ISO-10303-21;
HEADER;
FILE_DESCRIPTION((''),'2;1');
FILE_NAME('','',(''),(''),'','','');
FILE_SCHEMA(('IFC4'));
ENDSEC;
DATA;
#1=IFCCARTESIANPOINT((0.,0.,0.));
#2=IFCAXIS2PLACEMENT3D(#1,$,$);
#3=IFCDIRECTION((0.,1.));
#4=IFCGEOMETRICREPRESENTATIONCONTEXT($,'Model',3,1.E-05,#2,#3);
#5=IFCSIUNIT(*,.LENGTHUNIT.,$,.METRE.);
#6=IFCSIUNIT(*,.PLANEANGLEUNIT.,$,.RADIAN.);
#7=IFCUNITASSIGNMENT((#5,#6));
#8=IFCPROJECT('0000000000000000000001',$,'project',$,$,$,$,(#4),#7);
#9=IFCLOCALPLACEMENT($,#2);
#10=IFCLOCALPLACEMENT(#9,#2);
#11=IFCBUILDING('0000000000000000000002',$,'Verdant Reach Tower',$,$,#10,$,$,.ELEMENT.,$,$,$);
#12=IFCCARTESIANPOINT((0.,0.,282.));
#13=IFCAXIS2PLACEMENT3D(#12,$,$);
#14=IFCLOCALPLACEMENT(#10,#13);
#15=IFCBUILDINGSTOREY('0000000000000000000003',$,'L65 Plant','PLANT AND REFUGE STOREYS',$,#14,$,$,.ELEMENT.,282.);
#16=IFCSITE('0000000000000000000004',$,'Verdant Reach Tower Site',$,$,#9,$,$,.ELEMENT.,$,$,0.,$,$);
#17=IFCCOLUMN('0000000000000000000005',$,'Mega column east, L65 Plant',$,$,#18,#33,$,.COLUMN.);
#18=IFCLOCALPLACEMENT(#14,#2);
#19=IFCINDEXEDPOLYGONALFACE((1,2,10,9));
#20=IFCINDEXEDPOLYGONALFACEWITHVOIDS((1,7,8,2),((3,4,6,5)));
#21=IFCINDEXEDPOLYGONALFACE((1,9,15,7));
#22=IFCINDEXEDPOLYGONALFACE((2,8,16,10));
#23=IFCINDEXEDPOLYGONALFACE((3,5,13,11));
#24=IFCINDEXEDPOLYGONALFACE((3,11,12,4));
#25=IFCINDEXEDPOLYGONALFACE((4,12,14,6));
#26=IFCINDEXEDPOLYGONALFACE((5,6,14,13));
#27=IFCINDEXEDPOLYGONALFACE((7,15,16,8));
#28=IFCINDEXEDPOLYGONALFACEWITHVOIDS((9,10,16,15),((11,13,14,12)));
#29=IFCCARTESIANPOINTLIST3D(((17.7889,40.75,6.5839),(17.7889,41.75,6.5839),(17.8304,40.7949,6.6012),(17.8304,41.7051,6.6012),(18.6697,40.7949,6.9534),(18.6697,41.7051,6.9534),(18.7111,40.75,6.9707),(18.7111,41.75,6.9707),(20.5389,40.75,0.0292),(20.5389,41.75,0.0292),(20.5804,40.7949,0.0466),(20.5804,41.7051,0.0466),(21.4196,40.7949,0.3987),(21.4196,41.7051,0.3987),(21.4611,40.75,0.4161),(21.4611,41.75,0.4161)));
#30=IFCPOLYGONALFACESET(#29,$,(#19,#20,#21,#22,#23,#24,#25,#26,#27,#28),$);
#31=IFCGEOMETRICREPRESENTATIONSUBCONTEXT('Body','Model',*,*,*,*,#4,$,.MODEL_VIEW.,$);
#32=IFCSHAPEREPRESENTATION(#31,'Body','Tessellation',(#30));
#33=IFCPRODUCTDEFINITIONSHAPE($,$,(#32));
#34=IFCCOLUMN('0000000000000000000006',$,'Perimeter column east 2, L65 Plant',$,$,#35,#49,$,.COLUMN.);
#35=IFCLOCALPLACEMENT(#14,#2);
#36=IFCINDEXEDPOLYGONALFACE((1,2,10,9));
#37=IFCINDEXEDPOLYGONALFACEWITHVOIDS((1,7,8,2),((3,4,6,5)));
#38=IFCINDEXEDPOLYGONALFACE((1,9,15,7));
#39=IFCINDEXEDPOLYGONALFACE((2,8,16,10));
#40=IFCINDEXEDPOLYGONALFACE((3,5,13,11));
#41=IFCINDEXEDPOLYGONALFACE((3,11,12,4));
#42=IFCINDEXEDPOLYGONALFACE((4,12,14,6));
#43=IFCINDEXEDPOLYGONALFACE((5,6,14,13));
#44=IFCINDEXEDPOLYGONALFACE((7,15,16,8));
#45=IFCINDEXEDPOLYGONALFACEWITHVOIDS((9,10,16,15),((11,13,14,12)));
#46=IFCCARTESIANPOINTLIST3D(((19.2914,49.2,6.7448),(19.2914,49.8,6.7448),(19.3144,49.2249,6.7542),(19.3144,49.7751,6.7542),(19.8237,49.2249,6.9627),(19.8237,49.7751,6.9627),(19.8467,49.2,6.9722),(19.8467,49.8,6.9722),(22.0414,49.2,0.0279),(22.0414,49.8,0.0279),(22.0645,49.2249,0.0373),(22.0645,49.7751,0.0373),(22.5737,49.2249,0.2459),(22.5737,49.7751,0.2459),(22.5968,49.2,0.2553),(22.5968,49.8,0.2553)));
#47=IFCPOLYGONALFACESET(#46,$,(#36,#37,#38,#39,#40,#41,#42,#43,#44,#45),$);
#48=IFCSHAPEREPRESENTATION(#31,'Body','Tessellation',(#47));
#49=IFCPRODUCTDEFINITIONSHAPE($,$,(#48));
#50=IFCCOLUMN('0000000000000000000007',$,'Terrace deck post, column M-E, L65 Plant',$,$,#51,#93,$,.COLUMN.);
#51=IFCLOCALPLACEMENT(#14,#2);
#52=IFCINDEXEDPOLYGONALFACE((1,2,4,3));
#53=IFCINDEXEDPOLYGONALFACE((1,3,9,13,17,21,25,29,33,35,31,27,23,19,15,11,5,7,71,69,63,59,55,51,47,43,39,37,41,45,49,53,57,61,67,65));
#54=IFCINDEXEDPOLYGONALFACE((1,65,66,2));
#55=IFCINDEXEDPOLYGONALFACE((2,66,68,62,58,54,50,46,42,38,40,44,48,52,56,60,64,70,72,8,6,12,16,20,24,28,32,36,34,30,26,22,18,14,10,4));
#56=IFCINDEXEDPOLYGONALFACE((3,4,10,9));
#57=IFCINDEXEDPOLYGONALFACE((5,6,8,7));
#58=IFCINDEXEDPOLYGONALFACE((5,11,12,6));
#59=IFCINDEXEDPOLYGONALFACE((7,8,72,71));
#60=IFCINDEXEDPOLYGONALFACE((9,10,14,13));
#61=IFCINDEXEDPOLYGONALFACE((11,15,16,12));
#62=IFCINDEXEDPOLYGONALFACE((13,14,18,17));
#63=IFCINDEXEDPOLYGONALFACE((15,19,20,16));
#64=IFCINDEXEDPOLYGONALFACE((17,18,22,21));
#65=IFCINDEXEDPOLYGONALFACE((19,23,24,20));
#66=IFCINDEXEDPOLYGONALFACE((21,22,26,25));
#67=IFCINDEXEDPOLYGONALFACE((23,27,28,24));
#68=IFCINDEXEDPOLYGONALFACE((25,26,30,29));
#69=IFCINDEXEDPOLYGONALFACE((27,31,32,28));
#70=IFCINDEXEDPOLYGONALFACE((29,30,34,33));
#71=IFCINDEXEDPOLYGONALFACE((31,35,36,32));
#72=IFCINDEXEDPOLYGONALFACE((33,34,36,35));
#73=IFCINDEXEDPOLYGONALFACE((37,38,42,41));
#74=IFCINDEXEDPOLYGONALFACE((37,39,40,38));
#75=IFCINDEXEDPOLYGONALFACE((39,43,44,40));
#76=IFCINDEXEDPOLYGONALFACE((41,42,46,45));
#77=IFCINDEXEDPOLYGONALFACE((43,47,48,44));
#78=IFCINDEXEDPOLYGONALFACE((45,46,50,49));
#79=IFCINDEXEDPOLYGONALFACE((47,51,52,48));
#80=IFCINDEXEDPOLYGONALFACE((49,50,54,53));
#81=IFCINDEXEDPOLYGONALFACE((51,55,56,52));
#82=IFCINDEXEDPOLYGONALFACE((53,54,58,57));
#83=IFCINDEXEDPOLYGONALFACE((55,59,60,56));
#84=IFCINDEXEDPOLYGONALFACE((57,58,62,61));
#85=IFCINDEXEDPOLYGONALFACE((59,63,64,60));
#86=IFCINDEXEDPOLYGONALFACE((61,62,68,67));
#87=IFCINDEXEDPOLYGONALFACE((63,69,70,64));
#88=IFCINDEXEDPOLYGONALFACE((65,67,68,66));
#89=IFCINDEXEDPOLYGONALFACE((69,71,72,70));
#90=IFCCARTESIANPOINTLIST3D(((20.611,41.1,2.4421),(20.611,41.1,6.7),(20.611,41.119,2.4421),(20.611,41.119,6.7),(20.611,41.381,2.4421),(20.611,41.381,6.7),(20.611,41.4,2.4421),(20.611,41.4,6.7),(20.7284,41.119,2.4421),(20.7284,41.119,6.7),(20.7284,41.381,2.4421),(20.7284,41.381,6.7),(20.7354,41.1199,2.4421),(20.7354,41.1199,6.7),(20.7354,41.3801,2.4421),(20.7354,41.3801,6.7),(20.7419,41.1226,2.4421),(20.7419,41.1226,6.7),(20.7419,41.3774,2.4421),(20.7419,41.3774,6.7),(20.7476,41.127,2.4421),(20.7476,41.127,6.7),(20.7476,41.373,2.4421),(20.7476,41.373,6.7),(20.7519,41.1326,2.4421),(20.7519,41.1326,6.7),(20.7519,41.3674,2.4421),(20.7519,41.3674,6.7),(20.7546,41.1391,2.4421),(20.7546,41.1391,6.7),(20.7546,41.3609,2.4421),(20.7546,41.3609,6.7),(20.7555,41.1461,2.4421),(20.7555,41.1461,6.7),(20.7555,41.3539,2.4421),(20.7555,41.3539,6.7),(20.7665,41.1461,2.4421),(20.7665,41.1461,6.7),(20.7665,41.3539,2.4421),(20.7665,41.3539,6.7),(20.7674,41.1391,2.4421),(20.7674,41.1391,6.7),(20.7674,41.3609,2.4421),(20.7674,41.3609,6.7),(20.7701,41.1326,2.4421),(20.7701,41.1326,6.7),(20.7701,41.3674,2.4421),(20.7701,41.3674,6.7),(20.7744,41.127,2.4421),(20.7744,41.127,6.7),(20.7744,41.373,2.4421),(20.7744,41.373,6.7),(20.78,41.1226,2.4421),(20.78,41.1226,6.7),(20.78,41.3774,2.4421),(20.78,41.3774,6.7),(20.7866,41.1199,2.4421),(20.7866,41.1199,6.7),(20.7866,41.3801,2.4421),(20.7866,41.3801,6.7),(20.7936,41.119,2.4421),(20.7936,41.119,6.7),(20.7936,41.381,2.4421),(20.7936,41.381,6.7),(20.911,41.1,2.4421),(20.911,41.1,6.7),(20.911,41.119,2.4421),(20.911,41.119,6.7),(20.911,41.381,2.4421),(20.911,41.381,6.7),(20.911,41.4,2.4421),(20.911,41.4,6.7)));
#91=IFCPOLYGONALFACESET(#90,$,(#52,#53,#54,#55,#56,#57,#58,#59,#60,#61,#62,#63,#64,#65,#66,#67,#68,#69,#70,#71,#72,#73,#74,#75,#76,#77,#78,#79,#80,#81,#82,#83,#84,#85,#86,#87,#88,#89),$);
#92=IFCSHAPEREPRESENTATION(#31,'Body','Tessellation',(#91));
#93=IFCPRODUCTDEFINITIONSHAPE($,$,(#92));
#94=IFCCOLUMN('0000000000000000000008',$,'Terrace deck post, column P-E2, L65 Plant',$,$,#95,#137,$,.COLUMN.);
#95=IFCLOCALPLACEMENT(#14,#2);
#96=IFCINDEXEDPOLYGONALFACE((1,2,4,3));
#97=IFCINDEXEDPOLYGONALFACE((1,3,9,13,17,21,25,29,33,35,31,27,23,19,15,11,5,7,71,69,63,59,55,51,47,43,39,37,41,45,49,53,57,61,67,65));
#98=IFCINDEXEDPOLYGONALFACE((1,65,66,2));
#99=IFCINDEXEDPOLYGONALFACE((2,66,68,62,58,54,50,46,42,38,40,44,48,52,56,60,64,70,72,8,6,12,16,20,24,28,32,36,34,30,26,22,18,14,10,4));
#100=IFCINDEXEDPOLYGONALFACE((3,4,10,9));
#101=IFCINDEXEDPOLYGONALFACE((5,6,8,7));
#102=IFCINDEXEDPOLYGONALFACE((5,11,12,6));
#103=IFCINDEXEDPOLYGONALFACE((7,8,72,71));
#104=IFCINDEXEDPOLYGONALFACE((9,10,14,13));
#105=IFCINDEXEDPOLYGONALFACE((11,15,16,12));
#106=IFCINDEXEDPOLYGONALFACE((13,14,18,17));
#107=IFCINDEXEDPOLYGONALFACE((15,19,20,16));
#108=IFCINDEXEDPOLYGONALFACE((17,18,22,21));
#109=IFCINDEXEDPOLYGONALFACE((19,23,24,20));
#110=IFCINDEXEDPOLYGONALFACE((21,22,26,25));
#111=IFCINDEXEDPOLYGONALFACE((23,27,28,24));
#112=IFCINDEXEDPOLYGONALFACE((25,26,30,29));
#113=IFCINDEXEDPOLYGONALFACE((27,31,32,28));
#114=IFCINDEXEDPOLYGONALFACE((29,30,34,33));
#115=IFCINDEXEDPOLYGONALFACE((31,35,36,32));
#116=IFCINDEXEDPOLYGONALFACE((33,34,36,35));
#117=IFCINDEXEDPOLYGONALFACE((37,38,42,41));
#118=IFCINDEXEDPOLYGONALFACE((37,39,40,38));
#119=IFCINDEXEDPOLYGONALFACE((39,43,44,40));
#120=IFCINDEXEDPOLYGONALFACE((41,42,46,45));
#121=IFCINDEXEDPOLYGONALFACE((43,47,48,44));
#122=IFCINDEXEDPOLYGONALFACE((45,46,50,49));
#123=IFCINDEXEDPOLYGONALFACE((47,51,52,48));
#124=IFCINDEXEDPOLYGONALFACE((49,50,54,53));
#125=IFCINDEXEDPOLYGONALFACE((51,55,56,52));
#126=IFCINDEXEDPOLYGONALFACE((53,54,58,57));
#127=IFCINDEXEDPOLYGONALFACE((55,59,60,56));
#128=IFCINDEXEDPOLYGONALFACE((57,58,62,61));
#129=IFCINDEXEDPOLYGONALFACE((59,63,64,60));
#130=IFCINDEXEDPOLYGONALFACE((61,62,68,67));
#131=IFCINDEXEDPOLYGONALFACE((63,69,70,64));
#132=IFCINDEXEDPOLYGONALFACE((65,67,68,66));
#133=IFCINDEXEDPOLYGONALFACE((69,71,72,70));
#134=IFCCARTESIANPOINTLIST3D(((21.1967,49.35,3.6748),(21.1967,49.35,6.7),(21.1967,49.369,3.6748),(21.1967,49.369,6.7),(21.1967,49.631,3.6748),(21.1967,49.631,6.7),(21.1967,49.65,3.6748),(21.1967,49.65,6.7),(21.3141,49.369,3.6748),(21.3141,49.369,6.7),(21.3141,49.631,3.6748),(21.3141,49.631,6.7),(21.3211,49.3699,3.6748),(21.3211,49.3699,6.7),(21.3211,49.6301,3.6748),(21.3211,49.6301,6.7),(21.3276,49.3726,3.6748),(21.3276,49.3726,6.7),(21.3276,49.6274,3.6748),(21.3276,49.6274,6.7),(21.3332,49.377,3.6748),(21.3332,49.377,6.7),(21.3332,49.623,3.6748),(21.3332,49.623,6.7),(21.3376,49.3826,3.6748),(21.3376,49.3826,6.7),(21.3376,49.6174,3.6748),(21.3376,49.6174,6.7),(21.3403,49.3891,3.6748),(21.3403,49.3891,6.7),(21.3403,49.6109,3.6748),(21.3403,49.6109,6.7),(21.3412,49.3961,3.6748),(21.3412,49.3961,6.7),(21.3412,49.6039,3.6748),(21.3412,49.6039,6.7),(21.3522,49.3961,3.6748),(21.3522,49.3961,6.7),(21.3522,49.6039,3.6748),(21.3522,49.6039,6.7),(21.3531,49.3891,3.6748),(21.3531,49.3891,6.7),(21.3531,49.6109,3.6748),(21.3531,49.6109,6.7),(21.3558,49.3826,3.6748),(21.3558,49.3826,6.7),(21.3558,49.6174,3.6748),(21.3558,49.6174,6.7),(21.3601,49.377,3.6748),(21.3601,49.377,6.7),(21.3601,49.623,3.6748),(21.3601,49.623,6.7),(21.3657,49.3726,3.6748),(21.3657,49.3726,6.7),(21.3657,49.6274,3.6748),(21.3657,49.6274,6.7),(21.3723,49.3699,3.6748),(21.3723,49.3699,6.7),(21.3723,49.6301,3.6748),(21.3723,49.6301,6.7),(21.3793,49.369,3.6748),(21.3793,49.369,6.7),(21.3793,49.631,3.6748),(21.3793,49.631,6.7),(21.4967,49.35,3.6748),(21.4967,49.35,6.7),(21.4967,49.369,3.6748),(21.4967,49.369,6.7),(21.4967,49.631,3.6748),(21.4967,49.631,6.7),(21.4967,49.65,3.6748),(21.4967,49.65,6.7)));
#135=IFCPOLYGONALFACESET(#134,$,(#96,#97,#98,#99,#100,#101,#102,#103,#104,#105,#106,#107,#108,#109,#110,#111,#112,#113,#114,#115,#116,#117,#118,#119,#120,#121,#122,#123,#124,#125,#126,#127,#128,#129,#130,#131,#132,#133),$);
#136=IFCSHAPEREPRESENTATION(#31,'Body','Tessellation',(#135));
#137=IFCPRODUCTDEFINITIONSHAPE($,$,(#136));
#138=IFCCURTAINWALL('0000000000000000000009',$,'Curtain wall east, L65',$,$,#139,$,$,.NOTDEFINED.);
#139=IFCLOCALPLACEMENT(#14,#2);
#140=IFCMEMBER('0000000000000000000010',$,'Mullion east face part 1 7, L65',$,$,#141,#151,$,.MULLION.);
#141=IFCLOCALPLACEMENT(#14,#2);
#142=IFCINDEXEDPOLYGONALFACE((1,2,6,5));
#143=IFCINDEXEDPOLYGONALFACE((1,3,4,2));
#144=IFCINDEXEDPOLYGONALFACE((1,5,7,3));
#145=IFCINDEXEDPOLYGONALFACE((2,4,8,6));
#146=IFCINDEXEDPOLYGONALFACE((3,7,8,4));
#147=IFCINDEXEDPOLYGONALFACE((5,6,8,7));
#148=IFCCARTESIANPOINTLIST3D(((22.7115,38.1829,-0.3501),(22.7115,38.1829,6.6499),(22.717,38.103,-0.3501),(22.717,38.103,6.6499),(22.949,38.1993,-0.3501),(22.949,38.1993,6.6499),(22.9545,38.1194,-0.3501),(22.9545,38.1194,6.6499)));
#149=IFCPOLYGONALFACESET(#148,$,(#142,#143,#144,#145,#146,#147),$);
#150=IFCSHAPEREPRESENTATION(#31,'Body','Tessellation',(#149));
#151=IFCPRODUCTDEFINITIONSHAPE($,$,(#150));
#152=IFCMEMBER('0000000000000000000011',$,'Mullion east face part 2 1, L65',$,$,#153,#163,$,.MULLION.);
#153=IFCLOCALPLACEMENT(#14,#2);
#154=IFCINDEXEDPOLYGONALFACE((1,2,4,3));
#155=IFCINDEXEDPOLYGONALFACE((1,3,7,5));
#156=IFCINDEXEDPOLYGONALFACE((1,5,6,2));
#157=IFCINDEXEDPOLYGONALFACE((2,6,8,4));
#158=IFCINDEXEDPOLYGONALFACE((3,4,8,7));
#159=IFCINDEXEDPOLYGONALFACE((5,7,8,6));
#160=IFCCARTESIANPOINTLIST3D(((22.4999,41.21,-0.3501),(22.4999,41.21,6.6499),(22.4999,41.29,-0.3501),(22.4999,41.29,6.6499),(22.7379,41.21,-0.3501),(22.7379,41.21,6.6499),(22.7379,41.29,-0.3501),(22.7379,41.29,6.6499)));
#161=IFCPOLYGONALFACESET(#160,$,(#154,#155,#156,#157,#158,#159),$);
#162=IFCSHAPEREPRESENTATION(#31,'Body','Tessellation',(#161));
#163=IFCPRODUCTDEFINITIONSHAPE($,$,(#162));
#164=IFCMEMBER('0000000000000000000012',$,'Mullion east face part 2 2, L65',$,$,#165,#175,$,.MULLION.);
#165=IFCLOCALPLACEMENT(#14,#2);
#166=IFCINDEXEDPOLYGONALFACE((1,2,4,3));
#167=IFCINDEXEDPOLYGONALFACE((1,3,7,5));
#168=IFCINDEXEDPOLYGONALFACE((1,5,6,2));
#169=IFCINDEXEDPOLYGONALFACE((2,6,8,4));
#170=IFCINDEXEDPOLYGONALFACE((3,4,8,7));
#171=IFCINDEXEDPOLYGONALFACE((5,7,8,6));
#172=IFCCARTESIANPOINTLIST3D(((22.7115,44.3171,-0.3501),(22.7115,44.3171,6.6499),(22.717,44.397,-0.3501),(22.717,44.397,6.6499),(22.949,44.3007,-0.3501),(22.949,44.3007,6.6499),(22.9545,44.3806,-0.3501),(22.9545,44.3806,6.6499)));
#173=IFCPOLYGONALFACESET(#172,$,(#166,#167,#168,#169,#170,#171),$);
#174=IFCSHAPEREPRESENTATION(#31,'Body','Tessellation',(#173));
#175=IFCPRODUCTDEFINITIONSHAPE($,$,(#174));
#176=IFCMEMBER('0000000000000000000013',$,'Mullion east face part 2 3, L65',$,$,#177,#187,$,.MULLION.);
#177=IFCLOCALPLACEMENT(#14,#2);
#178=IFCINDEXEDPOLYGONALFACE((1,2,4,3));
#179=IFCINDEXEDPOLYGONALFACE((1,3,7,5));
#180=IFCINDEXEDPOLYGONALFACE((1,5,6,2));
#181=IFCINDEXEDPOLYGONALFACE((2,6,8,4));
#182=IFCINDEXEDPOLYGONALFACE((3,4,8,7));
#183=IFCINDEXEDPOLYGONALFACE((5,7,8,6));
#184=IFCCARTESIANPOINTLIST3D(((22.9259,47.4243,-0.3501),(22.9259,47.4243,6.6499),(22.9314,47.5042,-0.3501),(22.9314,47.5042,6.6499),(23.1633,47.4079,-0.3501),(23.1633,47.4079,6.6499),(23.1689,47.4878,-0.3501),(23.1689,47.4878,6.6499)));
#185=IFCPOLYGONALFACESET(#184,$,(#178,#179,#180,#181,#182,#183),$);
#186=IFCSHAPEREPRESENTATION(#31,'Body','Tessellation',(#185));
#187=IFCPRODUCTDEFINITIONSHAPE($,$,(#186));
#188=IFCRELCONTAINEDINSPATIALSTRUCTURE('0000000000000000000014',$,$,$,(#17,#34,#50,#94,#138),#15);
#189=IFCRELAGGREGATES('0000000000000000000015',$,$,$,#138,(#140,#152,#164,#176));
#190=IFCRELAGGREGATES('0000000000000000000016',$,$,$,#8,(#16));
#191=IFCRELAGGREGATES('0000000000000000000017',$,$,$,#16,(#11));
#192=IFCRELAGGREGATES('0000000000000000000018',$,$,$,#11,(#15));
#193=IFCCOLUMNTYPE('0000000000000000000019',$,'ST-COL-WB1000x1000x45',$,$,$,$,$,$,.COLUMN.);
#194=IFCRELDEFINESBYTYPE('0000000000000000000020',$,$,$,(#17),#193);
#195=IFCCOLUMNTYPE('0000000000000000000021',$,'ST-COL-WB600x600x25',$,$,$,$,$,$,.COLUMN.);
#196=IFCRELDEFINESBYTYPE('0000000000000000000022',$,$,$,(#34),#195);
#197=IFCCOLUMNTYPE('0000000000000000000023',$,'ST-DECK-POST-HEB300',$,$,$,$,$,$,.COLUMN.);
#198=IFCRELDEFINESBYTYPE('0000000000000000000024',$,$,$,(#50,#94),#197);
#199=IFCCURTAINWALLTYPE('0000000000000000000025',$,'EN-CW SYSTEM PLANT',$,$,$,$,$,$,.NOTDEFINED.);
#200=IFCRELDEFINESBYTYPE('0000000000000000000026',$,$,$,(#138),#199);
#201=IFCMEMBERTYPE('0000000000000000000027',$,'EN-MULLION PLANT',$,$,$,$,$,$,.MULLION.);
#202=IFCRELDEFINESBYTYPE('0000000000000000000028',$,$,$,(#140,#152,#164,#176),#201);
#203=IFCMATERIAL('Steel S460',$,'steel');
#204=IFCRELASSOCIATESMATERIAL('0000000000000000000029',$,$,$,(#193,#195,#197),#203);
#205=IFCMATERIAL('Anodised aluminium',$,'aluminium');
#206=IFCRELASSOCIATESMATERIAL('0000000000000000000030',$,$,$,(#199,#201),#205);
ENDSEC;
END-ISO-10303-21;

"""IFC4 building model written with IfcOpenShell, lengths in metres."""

from ifc_helpers import new_model, si_unit, direction, frame, origin, origin_2d, place, context, subcontext, project, spatial, rectangle, hollow_rectangle, i_section, extrude, material, material_profile, profile_set, type_object, element, aggregate, save


model = new_model("IFC4")

# Units and contexts
model_context = context("Model", 3, precision=1e-05, world=origin(), true_north=direction((0.0, 1.0)))
body_context = subcontext(model_context, "Body", "Model", "MODEL_VIEW")
ifc_project = project(units=[si_unit("LENGTHUNIT", "METRE"), si_unit("PLANEANGLEUNIT", "RADIAN")], contexts=[model_context])

# Site, building, storey
site_placement = place(None, origin())
site = spatial("IfcSite", under=ifc_project, at=site_placement, Name="Verdant Reach Tower Site", CompositionType="ELEMENT", RefElevation=0.0)
building_placement = place(site_placement, origin())
building = spatial("IfcBuilding", under=site, at=building_placement, Name="Verdant Reach Tower", CompositionType="ELEMENT")
storey_placement = place(building_placement, frame((0.0, 0.0, 282.0)))
storey = spatial("IfcBuildingStorey", under=building, at=storey_placement, Name="L65 Plant", Description="PLANT AND REFUGE STOREYS", CompositionType="ELEMENT", Elevation=282.0)

# Columns
ifc_material_1 = material(Name="Steel S460", Category="steel")
ifc_material_profile_1 = material_profile(ifc_material_1, hollow_rectangle(XDim=1.0, YDim=1.0, WallThickness=0.0449, at=origin_2d()), Name="WB 1000x1000x45")
ifc_profile_set_1 = profile_set([ifc_material_profile_1], Name="Steel S460")
column_type_1 = type_object("IfcColumnType", Name="ST-COL-WB1000x1000x45", PredefinedType="COLUMN", material=ifc_profile_set_1)
column_1_placement = place(storey_placement, frame((21.0, 41.25, 0.2227), z_axis=(-0.386877, 0.0, 0.922131), x_axis=(0.0, -1.0, 0.0)))
element("IfcColumn", 1, at=column_1_placement, inside=storey, type_object=column_type_1, Name="Mega column east, L65 Plant", PredefinedType="COLUMN", context=body_context, shape_type="SweptSolid", body=[
    extrude(hollow_rectangle(XDim=1.0, YDim=1.0, WallThickness=0.0449, at=origin_2d()), origin(), (0.0, 0.0, 1.0), 7.1082),
])
ifc_material_profile_2 = material_profile(ifc_material_1, hollow_rectangle(XDim=0.6001, YDim=0.6001, WallThickness=0.0249, at=origin_2d()), Name="WB 600x600x25")
ifc_profile_set_2 = profile_set([ifc_material_profile_2], Name="Steel S460")
column_type_2 = type_object("IfcColumnType", Name="ST-COL-WB600x600x25", PredefinedType="COLUMN", material=ifc_profile_set_2)
column_2_placement = place(storey_placement, frame((22.3191, 49.5, 0.1416), z_axis=(-0.378895, 0.0, 0.92544), x_axis=(0.0, -1.0, 0.0)))
element("IfcColumn", 2, at=column_2_placement, inside=storey, type_object=column_type_2, Name="Perimeter column east 2, L65 Plant", PredefinedType="COLUMN", context=body_context, shape_type="SweptSolid", body=[
    extrude(hollow_rectangle(XDim=0.6001, YDim=0.6001, WallThickness=0.0249, at=origin_2d()), origin(), (0.0, 0.0, 1.0), 7.2581),
])
ifc_material_profile_3 = material_profile(ifc_material_1, i_section(OverallWidth=0.3, OverallDepth=0.3, WebThickness=0.011, FlangeThickness=0.019, FilletRadius=0.0271, at=origin_2d()), Name="HEB 300")
ifc_profile_set_3 = profile_set([ifc_material_profile_3], Name="Steel S460")
column_type_3 = type_object("IfcColumnType", Name="ST-DECK-POST-HEB300", PredefinedType="COLUMN", material=ifc_profile_set_3)
column_3_placement = place(storey_placement, frame((20.761, 41.25, 2.4421), z_axis=(0.0, 0.0, 1.0), x_axis=(1.0, 0.0, 0.0)))
element("IfcColumn", 3, at=column_3_placement, inside=storey, type_object=column_type_3, Name="Terrace deck post, column M-E, L65 Plant", PredefinedType="COLUMN", context=body_context, shape_type="SweptSolid", body=[
    extrude(i_section(OverallWidth=0.3, OverallDepth=0.3, WebThickness=0.011, FlangeThickness=0.019, FilletRadius=0.0271, at=origin_2d()), origin(), (0.0, 0.0, 1.0), 4.2578),
])
column_4_placement = place(storey_placement, frame((21.3467, 49.5, 3.6748), z_axis=(0.0, 0.0, 1.0), x_axis=(1.0, 0.0, 0.0)))
element("IfcColumn", 4, at=column_4_placement, inside=storey, type_object=column_type_3, Name="Terrace deck post, column P-E2, L65 Plant", PredefinedType="COLUMN", context=body_context, shape_type="SweptSolid", body=[
    extrude(i_section(OverallWidth=0.3, OverallDepth=0.3, WebThickness=0.011, FlangeThickness=0.019, FilletRadius=0.0271, at=origin_2d()), origin(), (0.0, 0.0, 1.0), 3.0251),
])

# Curtain wall, members
ifc_material_2 = material(Name="Anodised aluminium", Category="aluminium")
curtain_wall_type = type_object("IfcCurtainWallType", Name="EN-CW SYSTEM PLANT", PredefinedType="NOTDEFINED", material=ifc_material_2)
curtain_wall_placement = place(storey_placement, origin())
curtain_wall = element("IfcCurtainWall", 5, at=curtain_wall_placement, inside=storey, type_object=curtain_wall_type, Name="Curtain wall east, L65", PredefinedType="NOTDEFINED")
ifc_material_profile_4 = material_profile(ifc_material_2, rectangle(XDim=0.238, YDim=0.0801, at=origin_2d()), Name="Mullion 80x240")
ifc_profile_set_4 = profile_set([ifc_material_profile_4], Name="Anodised aluminium")
member_type_1 = type_object("IfcMemberType", Name="EN-MULLION PLANT", PredefinedType="MULLION", material=ifc_profile_set_4)
member_1_placement = place(storey_placement, frame((22.833, 38.1511, -0.3501), z_axis=(0.0, 0.0, 1.0), x_axis=(0.99763, 0.068802, 0.0)))
member_1 = element("IfcMember", 6, at=member_1_placement, type_object=member_type_1, Name="Mullion east face part 1 7, L65", PredefinedType="MULLION", context=body_context, shape_type="SweptSolid", body=[
    extrude(rectangle(XDim=0.238, YDim=0.0801, at=origin_2d()), origin(), (0.0, 0.0, 1.0), 7.0),
])
member_2_placement = place(storey_placement, frame((22.6189, 41.25, -0.3501), z_axis=(0.0, 0.0, 1.0), x_axis=(1.0, 0.0, 0.0)))
member_2 = element("IfcMember", 7, at=member_2_placement, type_object=member_type_1, Name="Mullion east face part 2 1, L65", PredefinedType="MULLION", context=body_context, shape_type="SweptSolid", body=[
    extrude(rectangle(XDim=0.238, YDim=0.0801, at=origin_2d()), origin(), (0.0, 0.0, 1.0), 7.0),
])
member_3_placement = place(storey_placement, frame((22.833, 44.3489, -0.3501), z_axis=(0.0, 0.0, 1.0), x_axis=(0.99763, -0.068802, 0.0)))
member_3 = element("IfcMember", 8, at=member_3_placement, type_object=member_type_1, Name="Mullion east face part 2 2, L65", PredefinedType="MULLION", context=body_context, shape_type="SweptSolid", body=[
    extrude(rectangle(XDim=0.238, YDim=0.0801, at=origin_2d()), origin(), (0.0, 0.0, 1.0), 7.0),
])
member_4_placement = place(storey_placement, frame((23.0474, 47.4561, -0.3501), z_axis=(0.0, 0.0, 1.0), x_axis=(0.99763, -0.068802, 0.0)))
member_4 = element("IfcMember", 9, at=member_4_placement, type_object=member_type_1, Name="Mullion east face part 2 3, L65", PredefinedType="MULLION", context=body_context, shape_type="SweptSolid", body=[
    extrude(rectangle(XDim=0.238, YDim=0.0801, at=origin_2d()), origin(), (0.0, 0.0, 1.0), 7.0),
])

aggregate(curtain_wall, [member_1, member_2, member_3, member_4])

save(model, "model.ifc")
